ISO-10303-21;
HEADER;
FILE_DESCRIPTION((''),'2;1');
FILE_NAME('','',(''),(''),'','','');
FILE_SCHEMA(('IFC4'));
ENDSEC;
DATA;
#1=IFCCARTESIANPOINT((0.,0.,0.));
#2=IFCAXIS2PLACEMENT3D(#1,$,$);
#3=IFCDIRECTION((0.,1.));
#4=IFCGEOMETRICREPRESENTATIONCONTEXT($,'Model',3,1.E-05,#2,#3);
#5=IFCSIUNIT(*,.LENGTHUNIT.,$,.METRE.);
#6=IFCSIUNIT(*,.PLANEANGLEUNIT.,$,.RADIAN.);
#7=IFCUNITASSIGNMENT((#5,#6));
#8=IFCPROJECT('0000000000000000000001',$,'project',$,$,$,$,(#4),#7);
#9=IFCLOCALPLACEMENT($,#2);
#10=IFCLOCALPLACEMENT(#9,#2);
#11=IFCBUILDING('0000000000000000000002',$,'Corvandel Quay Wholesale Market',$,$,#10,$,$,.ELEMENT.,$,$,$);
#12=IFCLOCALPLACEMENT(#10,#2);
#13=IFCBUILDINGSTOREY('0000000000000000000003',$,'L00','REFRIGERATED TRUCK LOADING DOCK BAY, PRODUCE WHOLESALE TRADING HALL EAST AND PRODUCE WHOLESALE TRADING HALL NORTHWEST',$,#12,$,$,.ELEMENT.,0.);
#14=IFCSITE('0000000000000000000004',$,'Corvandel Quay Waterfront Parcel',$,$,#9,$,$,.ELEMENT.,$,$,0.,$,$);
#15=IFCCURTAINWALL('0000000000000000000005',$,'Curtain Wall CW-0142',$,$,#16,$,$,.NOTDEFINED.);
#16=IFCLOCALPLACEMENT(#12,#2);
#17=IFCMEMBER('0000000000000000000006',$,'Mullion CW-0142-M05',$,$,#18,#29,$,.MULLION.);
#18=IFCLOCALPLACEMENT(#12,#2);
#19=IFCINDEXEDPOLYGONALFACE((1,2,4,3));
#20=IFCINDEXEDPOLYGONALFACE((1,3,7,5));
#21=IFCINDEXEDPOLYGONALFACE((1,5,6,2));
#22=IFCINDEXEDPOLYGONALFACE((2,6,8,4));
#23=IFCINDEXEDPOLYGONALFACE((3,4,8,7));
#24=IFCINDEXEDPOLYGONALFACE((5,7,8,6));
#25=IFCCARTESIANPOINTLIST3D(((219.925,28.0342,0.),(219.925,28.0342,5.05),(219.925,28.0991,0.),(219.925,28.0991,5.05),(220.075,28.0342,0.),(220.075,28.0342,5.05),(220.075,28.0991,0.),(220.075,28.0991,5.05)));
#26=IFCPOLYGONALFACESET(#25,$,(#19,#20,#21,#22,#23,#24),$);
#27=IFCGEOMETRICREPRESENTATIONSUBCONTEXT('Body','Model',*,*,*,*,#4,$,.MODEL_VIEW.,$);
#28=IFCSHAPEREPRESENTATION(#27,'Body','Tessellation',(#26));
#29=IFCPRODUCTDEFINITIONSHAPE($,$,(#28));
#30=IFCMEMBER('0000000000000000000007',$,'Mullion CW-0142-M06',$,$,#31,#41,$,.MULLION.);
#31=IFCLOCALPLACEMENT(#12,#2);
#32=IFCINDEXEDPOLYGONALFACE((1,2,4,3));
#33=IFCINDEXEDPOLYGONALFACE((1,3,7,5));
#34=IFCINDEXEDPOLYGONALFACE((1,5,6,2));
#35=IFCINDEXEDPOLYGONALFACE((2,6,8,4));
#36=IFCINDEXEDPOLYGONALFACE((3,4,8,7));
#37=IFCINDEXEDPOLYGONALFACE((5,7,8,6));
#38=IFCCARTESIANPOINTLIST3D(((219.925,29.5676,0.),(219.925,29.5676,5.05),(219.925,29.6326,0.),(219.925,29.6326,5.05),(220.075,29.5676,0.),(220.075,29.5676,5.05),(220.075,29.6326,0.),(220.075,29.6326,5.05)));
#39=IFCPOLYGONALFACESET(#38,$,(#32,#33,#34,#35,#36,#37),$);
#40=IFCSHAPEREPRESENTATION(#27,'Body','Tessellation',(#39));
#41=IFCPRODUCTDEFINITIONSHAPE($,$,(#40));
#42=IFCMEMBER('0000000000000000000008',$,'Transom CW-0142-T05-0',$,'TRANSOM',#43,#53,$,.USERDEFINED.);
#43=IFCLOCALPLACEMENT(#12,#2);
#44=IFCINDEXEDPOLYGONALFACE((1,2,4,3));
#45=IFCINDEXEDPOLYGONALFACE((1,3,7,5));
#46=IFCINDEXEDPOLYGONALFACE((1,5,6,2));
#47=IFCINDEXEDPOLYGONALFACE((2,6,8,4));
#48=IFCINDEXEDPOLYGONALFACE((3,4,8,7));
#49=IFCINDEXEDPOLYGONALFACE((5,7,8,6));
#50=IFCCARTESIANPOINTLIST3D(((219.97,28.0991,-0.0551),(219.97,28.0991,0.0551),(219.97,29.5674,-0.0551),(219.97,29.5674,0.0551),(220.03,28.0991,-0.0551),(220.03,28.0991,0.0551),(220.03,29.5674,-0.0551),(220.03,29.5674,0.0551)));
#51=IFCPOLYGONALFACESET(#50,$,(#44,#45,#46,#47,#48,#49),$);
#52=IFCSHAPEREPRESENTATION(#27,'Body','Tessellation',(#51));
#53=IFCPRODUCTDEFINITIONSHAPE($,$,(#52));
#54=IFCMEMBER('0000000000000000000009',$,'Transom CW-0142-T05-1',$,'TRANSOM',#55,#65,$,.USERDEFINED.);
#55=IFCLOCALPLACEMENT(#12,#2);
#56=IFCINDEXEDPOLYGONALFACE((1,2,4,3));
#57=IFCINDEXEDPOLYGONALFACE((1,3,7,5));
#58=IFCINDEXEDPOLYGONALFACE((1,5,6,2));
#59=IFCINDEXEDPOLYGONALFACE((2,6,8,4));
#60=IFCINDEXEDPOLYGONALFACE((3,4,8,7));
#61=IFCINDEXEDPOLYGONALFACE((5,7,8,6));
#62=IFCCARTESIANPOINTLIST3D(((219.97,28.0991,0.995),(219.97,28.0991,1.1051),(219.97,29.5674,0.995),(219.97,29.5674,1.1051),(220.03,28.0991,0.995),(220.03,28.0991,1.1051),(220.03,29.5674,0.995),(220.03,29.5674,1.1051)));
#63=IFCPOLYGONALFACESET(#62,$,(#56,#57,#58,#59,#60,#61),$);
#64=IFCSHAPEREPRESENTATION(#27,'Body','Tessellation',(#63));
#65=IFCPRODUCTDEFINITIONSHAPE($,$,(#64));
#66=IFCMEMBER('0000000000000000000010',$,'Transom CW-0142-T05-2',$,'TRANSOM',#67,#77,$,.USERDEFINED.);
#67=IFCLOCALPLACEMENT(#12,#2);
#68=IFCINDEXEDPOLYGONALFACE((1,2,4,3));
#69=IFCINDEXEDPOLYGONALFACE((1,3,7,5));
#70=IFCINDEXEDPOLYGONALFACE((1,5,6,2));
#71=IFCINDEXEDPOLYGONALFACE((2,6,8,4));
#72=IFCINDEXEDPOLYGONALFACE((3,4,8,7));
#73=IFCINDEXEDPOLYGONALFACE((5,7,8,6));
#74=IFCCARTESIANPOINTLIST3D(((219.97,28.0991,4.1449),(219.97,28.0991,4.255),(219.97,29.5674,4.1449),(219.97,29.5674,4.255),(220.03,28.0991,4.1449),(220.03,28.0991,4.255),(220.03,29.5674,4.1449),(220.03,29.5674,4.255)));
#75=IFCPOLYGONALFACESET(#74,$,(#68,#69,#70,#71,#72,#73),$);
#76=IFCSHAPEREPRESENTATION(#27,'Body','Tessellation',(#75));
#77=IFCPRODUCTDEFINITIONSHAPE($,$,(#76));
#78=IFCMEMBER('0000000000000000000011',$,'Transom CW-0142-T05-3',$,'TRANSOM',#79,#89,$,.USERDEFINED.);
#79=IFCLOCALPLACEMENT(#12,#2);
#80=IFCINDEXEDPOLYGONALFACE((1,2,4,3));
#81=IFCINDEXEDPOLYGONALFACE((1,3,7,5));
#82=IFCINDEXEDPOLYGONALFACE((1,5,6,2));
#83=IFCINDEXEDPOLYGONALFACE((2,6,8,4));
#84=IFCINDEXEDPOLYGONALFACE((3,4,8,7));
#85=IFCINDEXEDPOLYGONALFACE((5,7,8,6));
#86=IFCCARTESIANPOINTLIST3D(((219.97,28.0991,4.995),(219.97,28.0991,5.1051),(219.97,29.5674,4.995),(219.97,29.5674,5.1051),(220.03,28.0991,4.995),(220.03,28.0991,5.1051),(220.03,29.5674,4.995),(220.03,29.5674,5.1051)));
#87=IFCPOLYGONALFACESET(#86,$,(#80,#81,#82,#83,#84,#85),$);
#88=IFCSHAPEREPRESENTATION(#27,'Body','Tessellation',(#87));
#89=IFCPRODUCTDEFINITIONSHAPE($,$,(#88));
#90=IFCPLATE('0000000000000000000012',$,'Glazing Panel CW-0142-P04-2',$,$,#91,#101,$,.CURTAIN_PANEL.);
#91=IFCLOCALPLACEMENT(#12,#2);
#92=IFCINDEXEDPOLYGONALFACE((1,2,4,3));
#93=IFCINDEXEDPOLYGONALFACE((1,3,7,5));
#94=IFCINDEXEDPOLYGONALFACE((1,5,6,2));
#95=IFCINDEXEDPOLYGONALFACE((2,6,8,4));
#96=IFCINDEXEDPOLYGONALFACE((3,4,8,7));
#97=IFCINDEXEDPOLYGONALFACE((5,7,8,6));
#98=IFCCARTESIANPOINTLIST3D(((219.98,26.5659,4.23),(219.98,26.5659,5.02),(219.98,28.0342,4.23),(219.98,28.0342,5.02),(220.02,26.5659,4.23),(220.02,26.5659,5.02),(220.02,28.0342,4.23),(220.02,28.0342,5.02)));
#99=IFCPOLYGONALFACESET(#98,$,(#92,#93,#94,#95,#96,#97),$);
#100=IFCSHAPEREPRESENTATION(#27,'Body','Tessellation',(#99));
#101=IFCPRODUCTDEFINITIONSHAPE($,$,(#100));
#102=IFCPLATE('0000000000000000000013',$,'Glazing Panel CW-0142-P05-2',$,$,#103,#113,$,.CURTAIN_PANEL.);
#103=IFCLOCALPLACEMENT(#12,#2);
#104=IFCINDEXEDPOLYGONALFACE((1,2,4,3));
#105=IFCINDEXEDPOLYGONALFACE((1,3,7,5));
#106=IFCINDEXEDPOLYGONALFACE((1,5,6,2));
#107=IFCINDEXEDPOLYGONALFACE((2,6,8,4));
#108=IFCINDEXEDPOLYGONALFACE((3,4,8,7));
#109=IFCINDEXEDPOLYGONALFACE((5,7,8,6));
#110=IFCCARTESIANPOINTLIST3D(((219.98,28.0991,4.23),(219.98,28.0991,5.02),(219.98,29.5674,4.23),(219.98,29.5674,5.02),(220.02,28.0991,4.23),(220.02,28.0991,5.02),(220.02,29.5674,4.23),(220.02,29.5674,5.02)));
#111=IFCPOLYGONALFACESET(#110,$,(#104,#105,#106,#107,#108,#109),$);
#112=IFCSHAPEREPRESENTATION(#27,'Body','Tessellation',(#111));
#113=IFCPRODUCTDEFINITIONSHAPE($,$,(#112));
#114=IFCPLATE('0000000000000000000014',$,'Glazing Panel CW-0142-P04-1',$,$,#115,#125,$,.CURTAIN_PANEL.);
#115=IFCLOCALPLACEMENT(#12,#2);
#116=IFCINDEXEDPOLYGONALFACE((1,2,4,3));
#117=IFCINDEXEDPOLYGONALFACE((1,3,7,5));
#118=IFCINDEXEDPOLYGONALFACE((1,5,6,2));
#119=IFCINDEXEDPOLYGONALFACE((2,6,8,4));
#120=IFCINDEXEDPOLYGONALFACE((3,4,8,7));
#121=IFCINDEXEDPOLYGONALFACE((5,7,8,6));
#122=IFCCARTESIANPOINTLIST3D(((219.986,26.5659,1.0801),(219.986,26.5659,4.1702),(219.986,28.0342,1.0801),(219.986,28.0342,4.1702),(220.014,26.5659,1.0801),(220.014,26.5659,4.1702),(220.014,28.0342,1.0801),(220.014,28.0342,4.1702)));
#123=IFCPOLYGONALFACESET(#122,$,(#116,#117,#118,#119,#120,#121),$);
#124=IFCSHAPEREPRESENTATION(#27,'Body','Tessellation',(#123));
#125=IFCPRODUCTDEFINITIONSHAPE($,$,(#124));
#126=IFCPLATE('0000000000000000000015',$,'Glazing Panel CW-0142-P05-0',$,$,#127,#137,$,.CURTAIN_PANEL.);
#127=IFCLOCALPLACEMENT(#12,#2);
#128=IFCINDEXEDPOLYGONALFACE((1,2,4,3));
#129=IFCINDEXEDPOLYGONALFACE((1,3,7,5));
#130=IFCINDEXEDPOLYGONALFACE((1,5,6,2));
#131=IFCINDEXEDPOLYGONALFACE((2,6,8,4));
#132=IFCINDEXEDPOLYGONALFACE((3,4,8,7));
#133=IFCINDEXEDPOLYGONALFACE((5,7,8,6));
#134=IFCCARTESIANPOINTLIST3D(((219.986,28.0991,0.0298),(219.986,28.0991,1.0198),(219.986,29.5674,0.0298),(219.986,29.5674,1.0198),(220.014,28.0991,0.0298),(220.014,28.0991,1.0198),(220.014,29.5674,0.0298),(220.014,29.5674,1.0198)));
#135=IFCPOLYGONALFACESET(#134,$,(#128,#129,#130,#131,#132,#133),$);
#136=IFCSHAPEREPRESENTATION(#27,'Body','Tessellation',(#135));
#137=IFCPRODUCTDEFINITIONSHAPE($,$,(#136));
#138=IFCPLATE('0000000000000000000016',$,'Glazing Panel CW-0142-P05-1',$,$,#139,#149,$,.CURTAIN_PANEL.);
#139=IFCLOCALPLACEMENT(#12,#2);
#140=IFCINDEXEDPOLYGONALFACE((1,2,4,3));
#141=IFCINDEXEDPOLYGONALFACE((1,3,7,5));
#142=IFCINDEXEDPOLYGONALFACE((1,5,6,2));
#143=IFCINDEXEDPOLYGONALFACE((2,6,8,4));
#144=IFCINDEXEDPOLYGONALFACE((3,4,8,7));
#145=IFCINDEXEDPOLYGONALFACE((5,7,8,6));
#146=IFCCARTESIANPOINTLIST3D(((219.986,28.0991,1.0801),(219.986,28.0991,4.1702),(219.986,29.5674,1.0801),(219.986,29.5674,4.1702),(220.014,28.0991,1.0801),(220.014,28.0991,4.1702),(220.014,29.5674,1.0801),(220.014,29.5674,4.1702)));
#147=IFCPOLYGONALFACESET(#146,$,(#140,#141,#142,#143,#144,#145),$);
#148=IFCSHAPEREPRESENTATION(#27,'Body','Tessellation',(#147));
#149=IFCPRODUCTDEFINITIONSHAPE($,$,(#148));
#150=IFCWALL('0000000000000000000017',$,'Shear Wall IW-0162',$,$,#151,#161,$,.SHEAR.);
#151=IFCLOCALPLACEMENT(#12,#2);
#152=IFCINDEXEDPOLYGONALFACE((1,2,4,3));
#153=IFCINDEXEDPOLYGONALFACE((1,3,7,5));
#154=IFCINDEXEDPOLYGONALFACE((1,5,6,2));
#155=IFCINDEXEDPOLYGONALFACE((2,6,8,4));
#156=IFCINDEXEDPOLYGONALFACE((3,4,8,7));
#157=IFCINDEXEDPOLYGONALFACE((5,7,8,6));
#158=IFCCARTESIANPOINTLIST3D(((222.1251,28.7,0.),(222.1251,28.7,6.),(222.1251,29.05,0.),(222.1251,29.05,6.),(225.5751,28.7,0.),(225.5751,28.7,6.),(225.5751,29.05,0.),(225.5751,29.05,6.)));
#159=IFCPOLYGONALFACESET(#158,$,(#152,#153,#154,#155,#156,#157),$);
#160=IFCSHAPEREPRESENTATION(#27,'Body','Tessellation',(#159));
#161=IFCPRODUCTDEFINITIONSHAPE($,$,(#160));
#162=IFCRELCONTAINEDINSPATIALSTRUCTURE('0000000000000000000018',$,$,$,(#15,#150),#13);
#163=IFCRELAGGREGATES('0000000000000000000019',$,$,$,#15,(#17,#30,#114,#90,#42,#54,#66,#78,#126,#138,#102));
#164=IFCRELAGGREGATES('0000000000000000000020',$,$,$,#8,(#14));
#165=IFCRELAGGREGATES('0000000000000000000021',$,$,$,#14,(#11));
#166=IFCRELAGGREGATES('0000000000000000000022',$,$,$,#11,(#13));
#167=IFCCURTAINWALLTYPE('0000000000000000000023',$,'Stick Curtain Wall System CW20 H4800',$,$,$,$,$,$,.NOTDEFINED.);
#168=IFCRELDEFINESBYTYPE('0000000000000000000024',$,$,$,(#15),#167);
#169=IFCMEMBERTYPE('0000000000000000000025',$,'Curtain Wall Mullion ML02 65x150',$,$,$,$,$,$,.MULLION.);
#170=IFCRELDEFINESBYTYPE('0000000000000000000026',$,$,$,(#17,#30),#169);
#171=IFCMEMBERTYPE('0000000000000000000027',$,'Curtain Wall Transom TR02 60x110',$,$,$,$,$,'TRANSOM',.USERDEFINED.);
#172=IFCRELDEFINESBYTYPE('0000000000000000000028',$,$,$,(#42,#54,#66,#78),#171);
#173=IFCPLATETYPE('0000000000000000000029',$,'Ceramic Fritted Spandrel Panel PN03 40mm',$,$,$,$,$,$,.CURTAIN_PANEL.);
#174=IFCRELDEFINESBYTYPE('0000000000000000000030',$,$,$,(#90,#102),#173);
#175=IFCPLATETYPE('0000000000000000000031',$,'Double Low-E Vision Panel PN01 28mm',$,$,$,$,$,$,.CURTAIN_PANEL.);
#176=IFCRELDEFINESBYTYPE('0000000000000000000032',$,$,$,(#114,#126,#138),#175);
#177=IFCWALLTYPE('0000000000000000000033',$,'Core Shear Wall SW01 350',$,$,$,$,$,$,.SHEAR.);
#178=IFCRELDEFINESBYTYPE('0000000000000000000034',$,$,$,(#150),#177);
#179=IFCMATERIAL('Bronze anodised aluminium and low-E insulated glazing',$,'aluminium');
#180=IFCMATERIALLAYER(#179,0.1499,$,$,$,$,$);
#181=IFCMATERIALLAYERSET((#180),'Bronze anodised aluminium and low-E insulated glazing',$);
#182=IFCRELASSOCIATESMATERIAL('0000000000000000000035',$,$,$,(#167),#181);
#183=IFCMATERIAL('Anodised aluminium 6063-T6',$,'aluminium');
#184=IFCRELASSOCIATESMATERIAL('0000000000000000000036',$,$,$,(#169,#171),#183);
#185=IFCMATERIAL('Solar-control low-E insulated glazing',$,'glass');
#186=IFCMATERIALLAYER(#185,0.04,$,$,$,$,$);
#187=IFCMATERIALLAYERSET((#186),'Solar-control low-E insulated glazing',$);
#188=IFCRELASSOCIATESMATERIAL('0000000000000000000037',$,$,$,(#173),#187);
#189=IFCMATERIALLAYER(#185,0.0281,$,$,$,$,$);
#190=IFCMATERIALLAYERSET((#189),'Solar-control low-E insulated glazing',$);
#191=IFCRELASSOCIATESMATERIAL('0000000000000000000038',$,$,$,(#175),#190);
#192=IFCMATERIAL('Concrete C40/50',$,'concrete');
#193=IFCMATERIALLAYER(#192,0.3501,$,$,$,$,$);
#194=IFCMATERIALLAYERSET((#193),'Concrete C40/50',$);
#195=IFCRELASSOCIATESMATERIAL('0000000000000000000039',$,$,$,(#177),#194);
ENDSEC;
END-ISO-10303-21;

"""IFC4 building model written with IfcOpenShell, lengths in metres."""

from ifc_helpers import new_model, si_unit, direction, frame, frame_2d, origin, origin_2d, place, context, subcontext, project, spatial, rectangle, extrude, material, layer, layer_set, material_profile, profile_set, type_object, element, aggregate, save


model = new_model("IFC4")

# Units and contexts
model_context = context("Model", 3, precision=1e-05, world=origin(), true_north=direction((0.0, 1.0)))
body_context = subcontext(model_context, "Body", "Model", "MODEL_VIEW")
ifc_project = project(units=[si_unit("LENGTHUNIT", "METRE"), si_unit("PLANEANGLEUNIT", "RADIAN")], contexts=[model_context])

# Site, building, storey
site_placement = place(None, origin())
site = spatial("IfcSite", under=ifc_project, at=site_placement, Name="Corvandel Quay Waterfront Parcel", CompositionType="ELEMENT", RefElevation=0.0)
building_placement = place(site_placement, origin())
building = spatial("IfcBuilding", under=site, at=building_placement, Name="Corvandel Quay Wholesale Market", CompositionType="ELEMENT")
storey_placement = place(building_placement, origin())
storey = spatial("IfcBuildingStorey", under=building, at=storey_placement, Name="L00", Description="REFRIGERATED TRUCK LOADING DOCK BAY, PRODUCE WHOLESALE TRADING HALL EAST AND PRODUCE WHOLESALE TRADING HALL NORTHWEST", CompositionType="ELEMENT", Elevation=0.0)

# Shared definitions
ifc_material_1 = material(Name="Concrete C40/50", Category="concrete")

# Curtain wall, members, plates
ifc_material_2 = material(Name="Bronze anodised aluminium and low-E insulated glazing", Category="aluminium")
ifc_layer_1 = layer(ifc_material_2, 0.1499)
ifc_layer_set_1 = layer_set([ifc_layer_1], Name="Bronze anodised aluminium and low-E insulated glazing")
curtain_wall_type = type_object("IfcCurtainWallType", Name="Stick Curtain Wall System CW20 H4800", PredefinedType="NOTDEFINED", material=ifc_layer_set_1)
curtain_wall_placement = place(storey_placement, origin())
curtain_wall = element("IfcCurtainWall", 1, at=curtain_wall_placement, inside=storey, type_object=curtain_wall_type, Name="Curtain Wall CW-0142", PredefinedType="NOTDEFINED")
ifc_material_3 = material(Name="Anodised aluminium 6063-T6", Category="aluminium")
ifc_material_profile_1 = material_profile(ifc_material_3, rectangle(XDim=0.0649, YDim=0.1499, at=origin_2d()), Name="ALU-MUL-65x150")
ifc_profile_set_1 = profile_set([ifc_material_profile_1], Name="Anodised aluminium 6063-T6")
member_type_1 = type_object("IfcMemberType", Name="Curtain Wall Mullion ML02 65x150", PredefinedType="MULLION", material=ifc_profile_set_1)
member_1_placement = place(storey_placement, frame((220.0, 28.0667, 0.0), z_axis=(0.0, 0.0, 1.0), x_axis=(0.0, 1.0, 0.0)))
member_1 = element("IfcMember", 2, at=member_1_placement, type_object=member_type_1, Name="Mullion CW-0142-M05", PredefinedType="MULLION", context=body_context, shape_type="SweptSolid", body=[
    extrude(rectangle(XDim=0.0649, YDim=0.1499, at=origin_2d()), origin(), (0.0, 0.0, 1.0), 5.05),
])
member_2_placement = place(storey_placement, frame((220.0, 29.6001, 0.0), z_axis=(0.0, 0.0, 1.0), x_axis=(0.0, 1.0, 0.0)))
member_2 = element("IfcMember", 3, at=member_2_placement, type_object=member_type_1, Name="Mullion CW-0142-M06", PredefinedType="MULLION", context=body_context, shape_type="SweptSolid", body=[
    extrude(rectangle(XDim=0.0649, YDim=0.1499, at=origin_2d()), origin(), (0.0, 0.0, 1.0), 5.05),
])
ifc_material_profile_2 = material_profile(ifc_material_3, rectangle(XDim=0.0601, YDim=0.1101, at=origin_2d()), Name="ALU-TRN-60x110")
ifc_profile_set_2 = profile_set([ifc_material_profile_2], Name="Anodised aluminium 6063-T6")
member_type_2 = type_object("IfcMemberType", Name="Curtain Wall Transom TR02 60x110", ElementType="TRANSOM", PredefinedType="USERDEFINED", material=ifc_profile_set_2)
member_3_placement = place(storey_placement, frame((220.0, 28.0991, 0.0), z_axis=(0.0, 1.0, 0.0), x_axis=(-1.0, 0.0, 0.0)))
member_3 = element("IfcMember", 4, at=member_3_placement, type_object=member_type_2, Name="Transom CW-0142-T05-0", ObjectType="TRANSOM", PredefinedType="USERDEFINED", context=body_context, shape_type="SweptSolid", body=[
    extrude(rectangle(XDim=0.0601, YDim=0.1101, at=origin_2d()), origin(), (0.0, 0.0, 1.0), 1.4683),
])
member_4_placement = place(storey_placement, frame((220.0, 28.0991, 1.05), z_axis=(0.0, 1.0, 0.0), x_axis=(-1.0, 0.0, 0.0)))
member_4 = element("IfcMember", 5, at=member_4_placement, type_object=member_type_2, Name="Transom CW-0142-T05-1", ObjectType="TRANSOM", PredefinedType="USERDEFINED", context=body_context, shape_type="SweptSolid", body=[
    extrude(rectangle(XDim=0.0601, YDim=0.1101, at=origin_2d()), origin(), (0.0, 0.0, 1.0), 1.4683),
])
member_5_placement = place(storey_placement, frame((220.0, 28.0991, 4.2), z_axis=(0.0, 1.0, 0.0), x_axis=(-1.0, 0.0, 0.0)))
member_5 = element("IfcMember", 6, at=member_5_placement, type_object=member_type_2, Name="Transom CW-0142-T05-2", ObjectType="TRANSOM", PredefinedType="USERDEFINED", context=body_context, shape_type="SweptSolid", body=[
    extrude(rectangle(XDim=0.0601, YDim=0.1101, at=origin_2d()), origin(), (0.0, 0.0, 1.0), 1.4683),
])
member_6_placement = place(storey_placement, frame((220.0, 28.0991, 5.05), z_axis=(0.0, 1.0, 0.0), x_axis=(-1.0, 0.0, 0.0)))
member_6 = element("IfcMember", 7, at=member_6_placement, type_object=member_type_2, Name="Transom CW-0142-T05-3", ObjectType="TRANSOM", PredefinedType="USERDEFINED", context=body_context, shape_type="SweptSolid", body=[
    extrude(rectangle(XDim=0.0601, YDim=0.1101, at=origin_2d()), origin(), (0.0, 0.0, 1.0), 1.4683),
])
ifc_material_4 = material(Name="Solar-control low-E insulated glazing", Category="glass")
ifc_layer_2 = layer(ifc_material_4, 0.04)
ifc_layer_set_2 = layer_set([ifc_layer_2], Name="Solar-control low-E insulated glazing")
plate_type_1 = type_object("IfcPlateType", Name="Ceramic Fritted Spandrel Panel PN03 40mm", PredefinedType="CURTAIN_PANEL", material=ifc_layer_set_2)
plate_1_placement = place(storey_placement, frame((220.0, 27.3, 4.23), z_axis=(0.0, 0.0, 1.0), x_axis=(0.0, 1.0, 0.0)))
plate_1 = element("IfcPlate", 8, at=plate_1_placement, type_object=plate_type_1, Name="Glazing Panel CW-0142-P04-2", PredefinedType="CURTAIN_PANEL", context=body_context, shape_type="SweptSolid", body=[
    extrude(rectangle(XDim=1.4683, YDim=0.04, at=origin_2d()), origin(), (0.0, 0.0, 1.0), 0.79),
])
plate_2_placement = place(storey_placement, frame((220.0, 28.8333, 4.23), z_axis=(0.0, 0.0, 1.0), x_axis=(0.0, 1.0, 0.0)))
plate_2 = element("IfcPlate", 9, at=plate_2_placement, type_object=plate_type_1, Name="Glazing Panel CW-0142-P05-2", PredefinedType="CURTAIN_PANEL", context=body_context, shape_type="SweptSolid", body=[
    extrude(rectangle(XDim=1.4683, YDim=0.04, at=origin_2d()), origin(), (0.0, 0.0, 1.0), 0.79),
])
ifc_layer_3 = layer(ifc_material_4, 0.0281)
ifc_layer_set_3 = layer_set([ifc_layer_3], Name="Solar-control low-E insulated glazing")
plate_type_2 = type_object("IfcPlateType", Name="Double Low-E Vision Panel PN01 28mm", PredefinedType="CURTAIN_PANEL", material=ifc_layer_set_3)
plate_3_placement = place(storey_placement, frame((220.0, 27.3, 1.0801), z_axis=(0.0, 0.0, 1.0), x_axis=(0.0, 1.0, 0.0)))
plate_3 = element("IfcPlate", 10, at=plate_3_placement, type_object=plate_type_2, Name="Glazing Panel CW-0142-P04-1", PredefinedType="CURTAIN_PANEL", context=body_context, shape_type="SweptSolid", body=[
    extrude(rectangle(XDim=1.4683, YDim=0.0281, at=origin_2d()), origin(), (0.0, 0.0, 1.0), 3.0901),
])
plate_4_placement = place(storey_placement, frame((220.0, 28.8333, 0.0298), z_axis=(0.0, 0.0, 1.0), x_axis=(0.0, 1.0, 0.0)))
plate_4 = element("IfcPlate", 11, at=plate_4_placement, type_object=plate_type_2, Name="Glazing Panel CW-0142-P05-0", PredefinedType="CURTAIN_PANEL", context=body_context, shape_type="SweptSolid", body=[
    extrude(rectangle(XDim=1.4683, YDim=0.0281, at=origin_2d()), origin(), (0.0, 0.0, 1.0), 0.99),
])
plate_5_placement = place(storey_placement, frame((220.0, 28.8333, 1.0801), z_axis=(0.0, 0.0, 1.0), x_axis=(0.0, 1.0, 0.0)))
plate_5 = element("IfcPlate", 12, at=plate_5_placement, type_object=plate_type_2, Name="Glazing Panel CW-0142-P05-1", PredefinedType="CURTAIN_PANEL", context=body_context, shape_type="SweptSolid", body=[
    extrude(rectangle(XDim=1.4683, YDim=0.0281, at=origin_2d()), origin(), (0.0, 0.0, 1.0), 3.0901),
])
aggregate(curtain_wall, [member_1, member_2, plate_3, plate_1, member_3, member_4, member_5, member_6, plate_4, plate_5, plate_2])

# Wall
ifc_layer_4 = layer(ifc_material_1, 0.3501)
ifc_layer_set_4 = layer_set([ifc_layer_4], Name="Concrete C40/50")
wall_type_1 = type_object("IfcWallType", Name="Core Shear Wall SW01 350", PredefinedType="SHEAR", material=ifc_layer_set_4)
wall_1_placement = place(storey_placement, frame((222.125, 28.875, 0.0), z_axis=(0.0, 0.0, 1.0), x_axis=(1.0, 0.0, 0.0)))
element("IfcWall", 13, at=wall_1_placement, inside=storey, type_object=wall_type_1, Name="Shear Wall IW-0162", PredefinedType="SHEAR", context=body_context, shape_type="SweptSolid", body=[
    extrude(rectangle(XDim=3.45, YDim=0.3501, at=frame_2d((1.7251, 0.0))), origin(), (0.0, 0.0, 1.0), 6.0),
])

save(model, "model.ifc")
